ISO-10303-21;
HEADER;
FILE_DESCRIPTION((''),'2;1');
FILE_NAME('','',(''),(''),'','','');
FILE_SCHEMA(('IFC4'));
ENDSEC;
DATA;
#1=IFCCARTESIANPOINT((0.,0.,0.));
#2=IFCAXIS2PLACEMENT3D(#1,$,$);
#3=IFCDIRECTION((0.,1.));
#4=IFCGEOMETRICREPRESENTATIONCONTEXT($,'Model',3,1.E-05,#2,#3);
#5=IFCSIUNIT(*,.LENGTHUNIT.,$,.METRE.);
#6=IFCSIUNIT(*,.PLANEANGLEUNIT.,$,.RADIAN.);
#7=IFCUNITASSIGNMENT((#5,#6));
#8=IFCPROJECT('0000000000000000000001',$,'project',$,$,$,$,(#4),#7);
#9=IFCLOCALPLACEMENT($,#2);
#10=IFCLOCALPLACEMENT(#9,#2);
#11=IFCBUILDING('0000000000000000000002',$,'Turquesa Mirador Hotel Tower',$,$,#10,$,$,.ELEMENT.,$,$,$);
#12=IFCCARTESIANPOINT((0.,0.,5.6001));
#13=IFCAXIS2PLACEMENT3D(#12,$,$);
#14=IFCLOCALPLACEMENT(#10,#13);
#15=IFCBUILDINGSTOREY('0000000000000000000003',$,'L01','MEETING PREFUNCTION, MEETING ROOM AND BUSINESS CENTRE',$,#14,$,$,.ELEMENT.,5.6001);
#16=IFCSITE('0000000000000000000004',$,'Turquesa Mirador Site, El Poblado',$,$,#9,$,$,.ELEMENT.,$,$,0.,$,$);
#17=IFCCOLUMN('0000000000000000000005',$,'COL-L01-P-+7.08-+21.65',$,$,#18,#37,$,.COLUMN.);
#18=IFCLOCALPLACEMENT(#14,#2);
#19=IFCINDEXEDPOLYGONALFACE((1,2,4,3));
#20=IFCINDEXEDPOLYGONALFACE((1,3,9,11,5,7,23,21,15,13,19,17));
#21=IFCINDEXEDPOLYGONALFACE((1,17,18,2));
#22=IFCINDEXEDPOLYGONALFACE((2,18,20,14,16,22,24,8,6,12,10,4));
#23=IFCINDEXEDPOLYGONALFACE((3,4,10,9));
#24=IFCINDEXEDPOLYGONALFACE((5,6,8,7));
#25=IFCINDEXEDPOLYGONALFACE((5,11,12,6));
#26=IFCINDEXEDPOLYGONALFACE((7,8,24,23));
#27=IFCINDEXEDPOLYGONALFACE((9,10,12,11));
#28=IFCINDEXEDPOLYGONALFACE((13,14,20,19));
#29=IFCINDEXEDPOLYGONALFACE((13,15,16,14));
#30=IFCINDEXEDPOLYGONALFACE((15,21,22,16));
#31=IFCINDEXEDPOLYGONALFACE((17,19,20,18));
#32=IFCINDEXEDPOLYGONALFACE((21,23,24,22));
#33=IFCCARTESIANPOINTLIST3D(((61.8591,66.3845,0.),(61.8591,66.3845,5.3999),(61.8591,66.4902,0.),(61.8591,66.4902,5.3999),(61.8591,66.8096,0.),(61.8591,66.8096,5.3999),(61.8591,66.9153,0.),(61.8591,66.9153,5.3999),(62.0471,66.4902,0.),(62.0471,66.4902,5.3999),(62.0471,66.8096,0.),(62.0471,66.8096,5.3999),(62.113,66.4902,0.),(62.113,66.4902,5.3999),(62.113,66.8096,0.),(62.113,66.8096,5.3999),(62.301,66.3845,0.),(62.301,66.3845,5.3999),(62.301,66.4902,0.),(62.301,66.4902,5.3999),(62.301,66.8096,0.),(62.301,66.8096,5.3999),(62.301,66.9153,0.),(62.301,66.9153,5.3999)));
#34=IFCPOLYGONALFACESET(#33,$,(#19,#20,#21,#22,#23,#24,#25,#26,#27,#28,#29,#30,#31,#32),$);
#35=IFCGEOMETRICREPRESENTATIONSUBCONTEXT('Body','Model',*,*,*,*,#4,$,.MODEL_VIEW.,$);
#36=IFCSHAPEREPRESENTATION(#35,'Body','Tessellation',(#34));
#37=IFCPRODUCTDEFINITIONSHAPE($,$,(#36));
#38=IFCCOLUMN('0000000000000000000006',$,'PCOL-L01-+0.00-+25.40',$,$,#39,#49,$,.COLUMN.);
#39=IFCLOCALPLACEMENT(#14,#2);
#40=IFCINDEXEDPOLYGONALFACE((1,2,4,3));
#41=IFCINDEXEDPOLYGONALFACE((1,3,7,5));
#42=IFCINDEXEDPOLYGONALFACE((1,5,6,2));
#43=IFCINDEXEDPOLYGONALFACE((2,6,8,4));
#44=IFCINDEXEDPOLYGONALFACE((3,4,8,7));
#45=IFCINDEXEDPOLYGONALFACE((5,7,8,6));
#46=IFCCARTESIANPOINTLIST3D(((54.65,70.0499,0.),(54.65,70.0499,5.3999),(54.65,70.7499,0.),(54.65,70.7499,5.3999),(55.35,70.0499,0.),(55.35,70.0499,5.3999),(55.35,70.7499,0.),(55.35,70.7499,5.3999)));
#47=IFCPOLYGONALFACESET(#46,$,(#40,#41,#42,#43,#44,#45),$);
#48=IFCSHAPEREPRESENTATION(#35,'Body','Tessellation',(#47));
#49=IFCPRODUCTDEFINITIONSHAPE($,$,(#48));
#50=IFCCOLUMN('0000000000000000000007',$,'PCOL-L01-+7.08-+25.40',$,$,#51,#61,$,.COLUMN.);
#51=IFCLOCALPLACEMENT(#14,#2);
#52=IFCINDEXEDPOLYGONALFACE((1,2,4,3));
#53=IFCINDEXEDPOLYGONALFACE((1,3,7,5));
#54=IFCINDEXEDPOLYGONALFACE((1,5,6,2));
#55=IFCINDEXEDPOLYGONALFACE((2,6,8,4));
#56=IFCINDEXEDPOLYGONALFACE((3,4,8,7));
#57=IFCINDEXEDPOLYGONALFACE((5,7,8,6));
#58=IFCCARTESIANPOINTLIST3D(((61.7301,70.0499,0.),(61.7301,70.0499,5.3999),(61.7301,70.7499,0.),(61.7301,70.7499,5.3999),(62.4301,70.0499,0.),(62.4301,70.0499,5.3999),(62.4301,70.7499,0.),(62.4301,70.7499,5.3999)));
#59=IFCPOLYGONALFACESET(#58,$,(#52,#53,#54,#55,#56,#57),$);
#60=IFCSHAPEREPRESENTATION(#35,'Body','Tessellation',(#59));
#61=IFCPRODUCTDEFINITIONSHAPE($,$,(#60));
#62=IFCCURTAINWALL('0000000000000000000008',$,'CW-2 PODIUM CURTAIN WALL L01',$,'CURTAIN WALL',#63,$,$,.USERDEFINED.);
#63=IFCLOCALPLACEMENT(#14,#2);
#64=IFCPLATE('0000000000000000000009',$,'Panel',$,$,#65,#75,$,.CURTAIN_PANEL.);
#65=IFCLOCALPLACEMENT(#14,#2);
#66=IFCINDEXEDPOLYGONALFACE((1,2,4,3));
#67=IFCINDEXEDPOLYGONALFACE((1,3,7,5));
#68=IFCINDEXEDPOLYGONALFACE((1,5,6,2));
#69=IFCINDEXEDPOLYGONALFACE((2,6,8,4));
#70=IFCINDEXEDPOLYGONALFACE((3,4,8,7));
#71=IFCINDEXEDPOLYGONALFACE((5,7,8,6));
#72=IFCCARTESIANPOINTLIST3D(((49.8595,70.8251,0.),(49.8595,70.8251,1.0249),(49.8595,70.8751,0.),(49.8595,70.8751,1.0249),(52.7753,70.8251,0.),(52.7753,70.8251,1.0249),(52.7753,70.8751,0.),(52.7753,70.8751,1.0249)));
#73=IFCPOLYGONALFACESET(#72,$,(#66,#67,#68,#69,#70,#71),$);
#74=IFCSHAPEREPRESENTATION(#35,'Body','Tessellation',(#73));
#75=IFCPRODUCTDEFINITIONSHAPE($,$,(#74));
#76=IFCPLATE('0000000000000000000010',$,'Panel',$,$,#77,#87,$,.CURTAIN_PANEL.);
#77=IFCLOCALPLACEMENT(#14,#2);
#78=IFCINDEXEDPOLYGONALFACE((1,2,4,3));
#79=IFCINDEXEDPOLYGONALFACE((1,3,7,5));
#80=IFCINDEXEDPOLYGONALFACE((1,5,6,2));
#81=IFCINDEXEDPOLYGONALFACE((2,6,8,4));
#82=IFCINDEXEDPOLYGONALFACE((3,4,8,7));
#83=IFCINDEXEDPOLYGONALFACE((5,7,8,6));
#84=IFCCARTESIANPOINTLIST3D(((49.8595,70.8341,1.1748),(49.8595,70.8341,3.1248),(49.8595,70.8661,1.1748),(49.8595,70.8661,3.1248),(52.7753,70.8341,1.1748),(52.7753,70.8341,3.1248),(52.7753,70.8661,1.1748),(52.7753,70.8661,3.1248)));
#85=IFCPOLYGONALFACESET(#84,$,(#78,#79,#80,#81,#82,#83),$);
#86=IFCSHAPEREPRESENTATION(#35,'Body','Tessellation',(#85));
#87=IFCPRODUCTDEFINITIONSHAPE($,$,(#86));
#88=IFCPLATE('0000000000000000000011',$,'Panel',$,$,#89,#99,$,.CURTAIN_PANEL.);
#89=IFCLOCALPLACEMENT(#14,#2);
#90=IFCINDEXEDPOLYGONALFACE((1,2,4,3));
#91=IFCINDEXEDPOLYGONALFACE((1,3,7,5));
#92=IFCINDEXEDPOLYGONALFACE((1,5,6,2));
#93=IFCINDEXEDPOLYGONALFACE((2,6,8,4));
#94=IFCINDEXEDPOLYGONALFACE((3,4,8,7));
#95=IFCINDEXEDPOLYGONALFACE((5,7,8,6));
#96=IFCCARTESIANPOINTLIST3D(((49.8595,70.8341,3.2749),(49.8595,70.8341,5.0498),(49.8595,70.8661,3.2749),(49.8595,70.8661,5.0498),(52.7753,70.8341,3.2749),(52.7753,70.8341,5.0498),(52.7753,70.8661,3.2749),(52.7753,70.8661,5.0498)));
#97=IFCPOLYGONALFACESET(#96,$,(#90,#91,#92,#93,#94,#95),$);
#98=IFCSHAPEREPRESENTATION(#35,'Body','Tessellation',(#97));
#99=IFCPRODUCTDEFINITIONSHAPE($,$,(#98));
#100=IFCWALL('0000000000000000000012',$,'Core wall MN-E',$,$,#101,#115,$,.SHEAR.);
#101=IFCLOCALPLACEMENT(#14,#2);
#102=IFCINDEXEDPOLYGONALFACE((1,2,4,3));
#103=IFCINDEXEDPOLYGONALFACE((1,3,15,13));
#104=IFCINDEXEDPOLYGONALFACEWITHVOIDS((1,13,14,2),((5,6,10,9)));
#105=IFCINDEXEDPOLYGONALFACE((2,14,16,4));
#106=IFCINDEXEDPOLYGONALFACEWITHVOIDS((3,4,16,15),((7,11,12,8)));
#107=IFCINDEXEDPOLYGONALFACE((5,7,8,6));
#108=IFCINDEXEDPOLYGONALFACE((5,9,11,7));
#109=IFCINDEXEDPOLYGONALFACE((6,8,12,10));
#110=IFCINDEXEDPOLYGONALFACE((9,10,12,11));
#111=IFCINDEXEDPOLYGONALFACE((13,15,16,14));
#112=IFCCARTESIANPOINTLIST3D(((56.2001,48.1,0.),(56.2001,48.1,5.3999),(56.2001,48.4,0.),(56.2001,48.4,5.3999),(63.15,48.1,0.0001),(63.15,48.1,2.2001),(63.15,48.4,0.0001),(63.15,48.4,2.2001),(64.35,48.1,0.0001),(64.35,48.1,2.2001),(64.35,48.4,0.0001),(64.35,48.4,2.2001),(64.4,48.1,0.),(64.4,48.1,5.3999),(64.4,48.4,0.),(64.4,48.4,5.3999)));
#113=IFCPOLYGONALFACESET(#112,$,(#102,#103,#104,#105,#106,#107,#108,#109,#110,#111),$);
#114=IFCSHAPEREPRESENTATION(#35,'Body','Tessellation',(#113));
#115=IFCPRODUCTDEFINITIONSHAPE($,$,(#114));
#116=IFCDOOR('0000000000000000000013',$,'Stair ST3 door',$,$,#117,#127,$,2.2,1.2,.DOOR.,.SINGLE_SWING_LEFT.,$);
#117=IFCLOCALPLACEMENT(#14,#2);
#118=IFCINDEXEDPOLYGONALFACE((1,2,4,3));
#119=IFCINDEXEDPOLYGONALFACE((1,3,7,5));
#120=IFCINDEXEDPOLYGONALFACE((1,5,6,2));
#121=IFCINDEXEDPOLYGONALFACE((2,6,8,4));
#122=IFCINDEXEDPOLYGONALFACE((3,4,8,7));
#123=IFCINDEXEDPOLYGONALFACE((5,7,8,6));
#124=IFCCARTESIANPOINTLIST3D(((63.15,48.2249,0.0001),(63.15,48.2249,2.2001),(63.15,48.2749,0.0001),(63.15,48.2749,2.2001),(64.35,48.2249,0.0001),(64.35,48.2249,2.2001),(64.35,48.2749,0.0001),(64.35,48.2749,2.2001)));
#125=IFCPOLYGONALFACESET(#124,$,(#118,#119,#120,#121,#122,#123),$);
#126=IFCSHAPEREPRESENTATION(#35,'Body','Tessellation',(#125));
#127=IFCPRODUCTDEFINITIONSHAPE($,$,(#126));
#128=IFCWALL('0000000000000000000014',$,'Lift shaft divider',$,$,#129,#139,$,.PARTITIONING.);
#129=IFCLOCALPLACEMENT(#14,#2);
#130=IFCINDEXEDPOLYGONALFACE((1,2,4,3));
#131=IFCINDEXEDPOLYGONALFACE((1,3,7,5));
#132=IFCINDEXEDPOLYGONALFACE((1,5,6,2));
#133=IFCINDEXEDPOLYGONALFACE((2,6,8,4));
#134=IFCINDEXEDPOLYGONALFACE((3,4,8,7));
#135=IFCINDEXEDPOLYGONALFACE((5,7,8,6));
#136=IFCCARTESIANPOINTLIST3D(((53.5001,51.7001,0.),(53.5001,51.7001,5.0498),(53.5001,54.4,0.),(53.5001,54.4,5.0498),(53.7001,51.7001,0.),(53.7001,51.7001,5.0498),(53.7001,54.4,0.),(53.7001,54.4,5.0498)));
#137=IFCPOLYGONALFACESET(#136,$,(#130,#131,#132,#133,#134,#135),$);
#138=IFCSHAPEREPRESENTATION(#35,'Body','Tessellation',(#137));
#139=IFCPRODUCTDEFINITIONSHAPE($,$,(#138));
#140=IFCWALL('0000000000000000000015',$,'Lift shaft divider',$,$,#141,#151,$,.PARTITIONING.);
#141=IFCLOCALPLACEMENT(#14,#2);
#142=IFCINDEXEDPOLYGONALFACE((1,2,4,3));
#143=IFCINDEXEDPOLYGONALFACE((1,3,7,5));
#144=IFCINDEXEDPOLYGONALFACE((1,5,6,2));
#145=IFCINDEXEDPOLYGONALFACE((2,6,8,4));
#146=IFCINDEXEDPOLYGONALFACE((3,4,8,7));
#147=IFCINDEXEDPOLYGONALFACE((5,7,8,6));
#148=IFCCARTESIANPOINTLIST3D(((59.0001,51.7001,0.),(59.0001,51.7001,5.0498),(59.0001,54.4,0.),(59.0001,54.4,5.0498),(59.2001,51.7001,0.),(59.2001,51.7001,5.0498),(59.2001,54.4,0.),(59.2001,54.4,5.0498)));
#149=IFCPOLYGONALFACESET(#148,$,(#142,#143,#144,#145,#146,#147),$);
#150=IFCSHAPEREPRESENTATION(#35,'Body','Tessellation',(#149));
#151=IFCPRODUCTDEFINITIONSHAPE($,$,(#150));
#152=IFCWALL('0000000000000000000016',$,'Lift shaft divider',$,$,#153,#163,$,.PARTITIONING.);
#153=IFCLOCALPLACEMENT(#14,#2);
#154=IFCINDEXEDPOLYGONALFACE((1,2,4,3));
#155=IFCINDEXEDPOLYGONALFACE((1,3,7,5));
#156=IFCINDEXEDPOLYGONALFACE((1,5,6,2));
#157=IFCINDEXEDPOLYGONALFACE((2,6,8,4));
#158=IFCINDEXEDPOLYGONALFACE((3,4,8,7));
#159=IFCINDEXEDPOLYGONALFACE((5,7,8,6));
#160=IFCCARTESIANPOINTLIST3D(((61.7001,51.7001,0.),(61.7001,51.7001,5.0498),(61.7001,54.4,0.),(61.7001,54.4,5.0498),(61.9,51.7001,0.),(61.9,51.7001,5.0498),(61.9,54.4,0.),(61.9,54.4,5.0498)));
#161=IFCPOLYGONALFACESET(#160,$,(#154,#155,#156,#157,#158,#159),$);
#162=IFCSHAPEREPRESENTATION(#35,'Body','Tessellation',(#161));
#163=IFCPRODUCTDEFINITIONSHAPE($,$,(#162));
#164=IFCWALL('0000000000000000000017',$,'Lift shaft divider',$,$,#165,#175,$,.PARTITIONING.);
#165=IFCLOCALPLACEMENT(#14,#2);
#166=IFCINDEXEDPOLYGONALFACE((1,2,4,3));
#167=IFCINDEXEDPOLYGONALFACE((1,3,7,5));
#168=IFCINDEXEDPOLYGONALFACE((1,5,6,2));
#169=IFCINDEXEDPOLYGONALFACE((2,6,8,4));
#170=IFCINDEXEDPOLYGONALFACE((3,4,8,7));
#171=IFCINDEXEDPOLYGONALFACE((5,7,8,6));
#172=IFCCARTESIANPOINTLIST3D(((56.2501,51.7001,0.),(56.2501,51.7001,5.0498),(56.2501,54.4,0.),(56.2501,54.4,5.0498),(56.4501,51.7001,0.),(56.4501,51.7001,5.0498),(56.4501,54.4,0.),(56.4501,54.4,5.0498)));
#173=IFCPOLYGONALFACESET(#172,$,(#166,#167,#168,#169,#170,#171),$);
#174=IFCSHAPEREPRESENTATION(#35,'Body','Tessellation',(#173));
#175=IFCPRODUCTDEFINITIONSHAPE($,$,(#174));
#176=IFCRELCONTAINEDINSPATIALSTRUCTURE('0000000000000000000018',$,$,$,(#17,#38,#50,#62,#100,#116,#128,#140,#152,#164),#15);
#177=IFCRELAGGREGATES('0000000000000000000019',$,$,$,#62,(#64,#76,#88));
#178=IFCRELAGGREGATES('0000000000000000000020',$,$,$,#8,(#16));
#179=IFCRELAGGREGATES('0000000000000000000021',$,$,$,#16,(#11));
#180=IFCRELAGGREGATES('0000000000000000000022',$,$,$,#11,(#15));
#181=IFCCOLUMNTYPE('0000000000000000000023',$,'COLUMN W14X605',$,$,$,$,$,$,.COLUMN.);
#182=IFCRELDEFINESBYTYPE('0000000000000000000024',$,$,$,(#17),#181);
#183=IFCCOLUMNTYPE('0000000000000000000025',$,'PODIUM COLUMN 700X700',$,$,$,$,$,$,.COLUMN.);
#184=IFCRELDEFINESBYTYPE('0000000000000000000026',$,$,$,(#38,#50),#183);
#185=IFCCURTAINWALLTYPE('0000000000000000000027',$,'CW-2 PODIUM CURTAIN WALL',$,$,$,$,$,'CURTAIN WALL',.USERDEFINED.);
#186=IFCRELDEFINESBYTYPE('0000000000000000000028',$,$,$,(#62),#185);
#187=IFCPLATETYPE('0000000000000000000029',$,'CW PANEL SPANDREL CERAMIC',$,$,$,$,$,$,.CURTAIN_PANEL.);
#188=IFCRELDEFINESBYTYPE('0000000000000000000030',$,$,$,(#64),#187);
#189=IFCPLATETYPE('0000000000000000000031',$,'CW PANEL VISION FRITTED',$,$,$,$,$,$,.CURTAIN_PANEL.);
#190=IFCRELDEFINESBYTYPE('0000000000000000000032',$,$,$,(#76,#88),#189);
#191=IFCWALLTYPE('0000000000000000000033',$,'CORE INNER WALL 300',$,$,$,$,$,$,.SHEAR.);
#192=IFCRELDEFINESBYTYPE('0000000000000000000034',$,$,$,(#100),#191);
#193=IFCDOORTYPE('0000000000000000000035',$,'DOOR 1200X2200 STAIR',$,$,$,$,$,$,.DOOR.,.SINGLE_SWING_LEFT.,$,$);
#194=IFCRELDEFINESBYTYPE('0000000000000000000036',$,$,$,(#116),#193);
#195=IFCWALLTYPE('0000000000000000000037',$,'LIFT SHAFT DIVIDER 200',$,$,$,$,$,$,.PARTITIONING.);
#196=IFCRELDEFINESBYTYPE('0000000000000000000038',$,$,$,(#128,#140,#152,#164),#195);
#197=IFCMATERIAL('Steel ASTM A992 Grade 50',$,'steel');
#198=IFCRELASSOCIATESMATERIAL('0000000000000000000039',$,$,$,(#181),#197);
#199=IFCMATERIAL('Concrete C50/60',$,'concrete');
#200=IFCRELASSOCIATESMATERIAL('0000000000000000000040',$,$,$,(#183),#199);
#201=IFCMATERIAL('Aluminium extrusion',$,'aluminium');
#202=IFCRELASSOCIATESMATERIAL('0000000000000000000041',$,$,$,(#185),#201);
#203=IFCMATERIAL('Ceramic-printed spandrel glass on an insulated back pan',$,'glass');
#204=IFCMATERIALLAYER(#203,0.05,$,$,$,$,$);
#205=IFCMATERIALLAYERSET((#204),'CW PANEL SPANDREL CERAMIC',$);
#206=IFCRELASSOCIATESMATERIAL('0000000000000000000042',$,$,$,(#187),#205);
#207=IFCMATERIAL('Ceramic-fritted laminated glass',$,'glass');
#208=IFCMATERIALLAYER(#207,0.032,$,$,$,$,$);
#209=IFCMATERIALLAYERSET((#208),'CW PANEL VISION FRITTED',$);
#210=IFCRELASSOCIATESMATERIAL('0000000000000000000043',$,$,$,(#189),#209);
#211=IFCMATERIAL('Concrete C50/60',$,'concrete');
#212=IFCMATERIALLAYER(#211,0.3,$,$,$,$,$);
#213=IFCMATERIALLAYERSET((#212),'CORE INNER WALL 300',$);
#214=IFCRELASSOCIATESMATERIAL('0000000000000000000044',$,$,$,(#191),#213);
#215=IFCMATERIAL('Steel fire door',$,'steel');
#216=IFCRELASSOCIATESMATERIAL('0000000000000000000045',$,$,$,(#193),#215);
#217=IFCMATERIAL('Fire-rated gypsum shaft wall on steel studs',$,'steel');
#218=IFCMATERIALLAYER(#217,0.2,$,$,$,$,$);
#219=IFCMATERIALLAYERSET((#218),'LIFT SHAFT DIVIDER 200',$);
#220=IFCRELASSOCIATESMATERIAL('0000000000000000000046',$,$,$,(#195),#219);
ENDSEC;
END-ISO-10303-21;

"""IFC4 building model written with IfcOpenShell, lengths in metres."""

from ifc_helpers import new_model, si_unit, direction, frame, frame_2d, origin, origin_2d, place, context, subcontext, project, spatial, rectangle, i_section, extrude, material, layer, layer_set, material_profile, profile_set, type_object, element, fill, aggregate, save


model = new_model("IFC4")

# Units and contexts
model_context = context("Model", 3, precision=1e-05, world=origin(), true_north=direction((0.0, 1.0)))
body_context = subcontext(model_context, "Body", "Model", "MODEL_VIEW")
ifc_project = project(units=[si_unit("LENGTHUNIT", "METRE"), si_unit("PLANEANGLEUNIT", "RADIAN")], contexts=[model_context])

# Site, building, storey
site_placement = place(None, origin())
site = spatial("IfcSite", under=ifc_project, at=site_placement, Name="Turquesa Mirador Site, El Poblado", CompositionType="ELEMENT", RefElevation=0.0)
building_placement = place(site_placement, origin())
building = spatial("IfcBuilding", under=site, at=building_placement, Name="Turquesa Mirador Hotel Tower", CompositionType="ELEMENT")
storey_placement = place(building_placement, frame((0.0, 0.0, 5.6001)))
storey = spatial("IfcBuildingStorey", under=building, at=storey_placement, Name="L01", Description="MEETING PREFUNCTION, MEETING ROOM AND BUSINESS CENTRE", CompositionType="ELEMENT", Elevation=5.6001)

# Columns
ifc_material_1 = material(Name="Steel ASTM A992 Grade 50", Category="steel")
ifc_material_profile_1 = material_profile(ifc_material_1, i_section(OverallWidth=0.4419, OverallDepth=0.5308, WebThickness=0.0659, FlangeThickness=0.1057, at=origin_2d()), Name="W14X605")
ifc_profile_set_1 = profile_set([ifc_material_profile_1], Name="Steel ASTM A992 Grade 50")
column_type_1 = type_object("IfcColumnType", Name="COLUMN W14X605", PredefinedType="COLUMN", material=ifc_profile_set_1)
column_placement = place(storey_placement, frame((62.0801, 66.6499, 0.0), z_axis=(0.0, 0.0, 1.0), x_axis=(1.0, 0.0, 0.0)))
element("IfcColumn", 1, at=column_placement, inside=storey, type_object=column_type_1, Name="COL-L01-P-+7.08-+21.65", PredefinedType="COLUMN", context=body_context, shape_type="SweptSolid", body=[
    extrude(i_section(OverallWidth=0.4419, OverallDepth=0.5308, WebThickness=0.0659, FlangeThickness=0.1057, at=origin_2d()), origin(), (0.0, 0.0, 1.0), 5.3999),
])
ifc_material_2 = material(Name="Concrete C50/60", Category="concrete")
ifc_material_profile_2 = material_profile(ifc_material_2, rectangle(XDim=0.7, YDim=0.7, at=origin_2d()), Name="RC 700X700")
ifc_profile_set_2 = profile_set([ifc_material_profile_2], Name="Concrete C50/60")
column_type_2 = type_object("IfcColumnType", Name="PODIUM COLUMN 700X700", PredefinedType="COLUMN", material=ifc_profile_set_2)
for number, where, z_axis, x_axis, name in (
    (2, (55.0, 70.3999, 0.0), (0.0, 0.0, 1.0), (1.0, 0.0, 0.0), "PCOL-L01-+0.00-+25.40"),
    (3, (62.0801, 70.3999, 0.0), (0.0, 0.0, 1.0), (1.0, 0.0, 0.0), "PCOL-L01-+7.08-+25.40"),
):
    element("IfcColumn", number, at=place(storey_placement, frame(where, z_axis=z_axis, x_axis=x_axis)), inside=storey, type_object=column_type_2, Name=name, PredefinedType="COLUMN", context=body_context, shape_type="SweptSolid", body=[
        extrude(rectangle(XDim=0.7, YDim=0.7, at=origin_2d()), origin(), (0.0, 0.0, 1.0), 5.3999),
    ])

# Curtain wall, plates
ifc_material_3 = material(Name="Aluminium extrusion", Category="aluminium")
curtain_wall_type = type_object("IfcCurtainWallType", Name="CW-2 PODIUM CURTAIN WALL", ElementType="CURTAIN WALL", PredefinedType="USERDEFINED", material=ifc_material_3)
curtain_wall_placement = place(storey_placement, origin())
curtain_wall = element("IfcCurtainWall", 4, at=curtain_wall_placement, inside=storey, type_object=curtain_wall_type, Name="CW-2 PODIUM CURTAIN WALL L01", ObjectType="CURTAIN WALL", PredefinedType="USERDEFINED")
ifc_material_4 = material(Name="Ceramic-printed spandrel glass on an insulated back pan", Category="glass")
ifc_layer_1 = layer(ifc_material_4, 0.05)
ifc_layer_set_1 = layer_set([ifc_layer_1], Name="CW PANEL SPANDREL CERAMIC")
plate_type_1 = type_object("IfcPlateType", Name="CW PANEL SPANDREL CERAMIC", PredefinedType="CURTAIN_PANEL", material=ifc_layer_set_1)
plate_1_placement = place(storey_placement, frame((51.3174, 70.8501, 0.0), z_axis=(0.0, 0.0, 1.0), x_axis=(-1.0, 0.0, 0.0)))
plate_1 = element("IfcPlate", 5, at=plate_1_placement, type_object=plate_type_1, Name="Panel", PredefinedType="CURTAIN_PANEL", context=body_context, shape_type="SweptSolid", body=[
    extrude(rectangle(XDim=2.9158, YDim=0.05, at=origin_2d()), origin(), (0.0, 0.0, 1.0), 1.0249),
])
ifc_material_5 = material(Name="Ceramic-fritted laminated glass", Category="glass")
ifc_layer_2 = layer(ifc_material_5, 0.032)
ifc_layer_set_2 = layer_set([ifc_layer_2], Name="CW PANEL VISION FRITTED")
plate_type_2 = type_object("IfcPlateType", Name="CW PANEL VISION FRITTED", PredefinedType="CURTAIN_PANEL", material=ifc_layer_set_2)
plate_2_placement = place(storey_placement, frame((51.3174, 70.8501, 1.1748), z_axis=(0.0, 0.0, 1.0), x_axis=(-1.0, 0.0, 0.0)))
plate_2 = element("IfcPlate", 6, at=plate_2_placement, type_object=plate_type_2, Name="Panel", PredefinedType="CURTAIN_PANEL", context=body_context, shape_type="SweptSolid", body=[
    extrude(rectangle(XDim=2.9158, YDim=0.032, at=origin_2d()), origin(), (0.0, 0.0, 1.0), 1.95),
])
plate_3_placement = place(storey_placement, frame((51.3174, 70.8501, 3.2749), z_axis=(0.0, 0.0, 1.0), x_axis=(-1.0, 0.0, 0.0)))
plate_3 = element("IfcPlate", 7, at=plate_3_placement, type_object=plate_type_2, Name="Panel", PredefinedType="CURTAIN_PANEL", context=body_context, shape_type="SweptSolid", body=[
    extrude(rectangle(XDim=2.9158, YDim=0.032, at=origin_2d()), origin(), (0.0, 0.0, 1.0), 1.7749),
])
aggregate(curtain_wall, [plate_1, plate_2, plate_3])

# Wall, opening, door
ifc_material_6 = material(Name="Concrete C50/60", Category="concrete")
ifc_layer_3 = layer(ifc_material_6, 0.3)
ifc_layer_set_3 = layer_set([ifc_layer_3], Name="CORE INNER WALL 300")
wall_type_1 = type_object("IfcWallType", Name="CORE INNER WALL 300", PredefinedType="SHEAR", material=ifc_layer_set_3)
wall_1_placement = place(storey_placement, frame((56.2, 48.25, 0.0), z_axis=(0.0, 0.0, 1.0), x_axis=(1.0, 0.0, 0.0)))
wall_1 = element("IfcWall", 8, at=wall_1_placement, inside=storey, type_object=wall_type_1, Name="Core wall MN-E", PredefinedType="SHEAR", context=body_context, shape_type="SweptSolid", body=[
    extrude(rectangle(XDim=8.2, YDim=0.3, at=frame_2d((4.1001, 0.0))), origin(), (0.0, 0.0, 1.0), 5.3999),
])
opening_1_placement = place(wall_1_placement, frame((6.95, 0.0, 0.0)))
opening_1 = element("IfcOpeningElement", 9, at=opening_1_placement, cuts=wall_1, PredefinedType="OPENING", context=body_context, shape_type="SweptSolid", body=[
    extrude(rectangle(XDim=1.2, YDim=2.2, at=frame_2d((0.6001, 1.1001))), frame((0.0, 0.1599, 0.0), z_axis=(0.0, -1.0, 0.0), x_axis=(1.0, 0.0, 0.0)), (0.0, 0.0, 1.0), 0.3201),
])
ifc_material_7 = material(Name="Steel fire door", Category="steel")
door_type = type_object("IfcDoorType", Name="DOOR 1200X2200 STAIR", OperationType="SINGLE_SWING_LEFT", PredefinedType="DOOR", material=ifc_material_7)
door_1_placement = place(opening_1_placement, origin())
door_1 = element("IfcDoor", 10, at=door_1_placement, inside=storey, type_object=door_type, Name="Stair ST3 door", OperationType="SINGLE_SWING_LEFT", OverallHeight=2.2, OverallWidth=1.2, PredefinedType="DOOR", context=body_context, shape_type="SweptSolid", body=[
    extrude(rectangle(XDim=1.2, YDim=2.2, at=frame_2d((0.6001, 1.1001))), frame((0.0, 0.0249, 0.0), z_axis=(0.0, -1.0, 0.0), x_axis=(1.0, 0.0, 0.0)), (0.0, 0.0, 1.0), 0.05),
])
fill(opening_1, door_1)

# Walls
ifc_material_8 = material(Name="Fire-rated gypsum shaft wall on steel studs", Category="steel")
ifc_layer_4 = layer(ifc_material_8, 0.2)
ifc_layer_set_4 = layer_set([ifc_layer_4], Name="LIFT SHAFT DIVIDER 200")
wall_type_2 = type_object("IfcWallType", Name="LIFT SHAFT DIVIDER 200", PredefinedType="PARTITIONING", material=ifc_layer_set_4)
for number, where, z_axis, x_axis, name in (
    (11, (53.6001, 51.7, 0.0), (0.0, 0.0, 1.0), (0.0, 1.0, 0.0), "Lift shaft divider"),
    (12, (59.1001, 51.7, 0.0), (0.0, 0.0, 1.0), (0.0, 1.0, 0.0), "Lift shaft divider"),
    (13, (61.8, 51.7, 0.0), (0.0, 0.0, 1.0), (0.0, 1.0, 0.0), "Lift shaft divider"),
    (14, (56.3501, 51.7, 0.0), (0.0, 0.0, 1.0), (0.0, 1.0, 0.0), "Lift shaft divider"),
):
    element("IfcWall", number, at=place(storey_placement, frame(where, z_axis=z_axis, x_axis=x_axis)), inside=storey, type_object=wall_type_2, Name=name, PredefinedType="PARTITIONING", context=body_context, shape_type="SweptSolid", body=[
        extrude(rectangle(XDim=2.7, YDim=0.2, at=frame_2d((1.3501, 0.0))), origin(), (0.0, 0.0, 1.0), 5.0498),
    ])

save(model, "model.ifc")
